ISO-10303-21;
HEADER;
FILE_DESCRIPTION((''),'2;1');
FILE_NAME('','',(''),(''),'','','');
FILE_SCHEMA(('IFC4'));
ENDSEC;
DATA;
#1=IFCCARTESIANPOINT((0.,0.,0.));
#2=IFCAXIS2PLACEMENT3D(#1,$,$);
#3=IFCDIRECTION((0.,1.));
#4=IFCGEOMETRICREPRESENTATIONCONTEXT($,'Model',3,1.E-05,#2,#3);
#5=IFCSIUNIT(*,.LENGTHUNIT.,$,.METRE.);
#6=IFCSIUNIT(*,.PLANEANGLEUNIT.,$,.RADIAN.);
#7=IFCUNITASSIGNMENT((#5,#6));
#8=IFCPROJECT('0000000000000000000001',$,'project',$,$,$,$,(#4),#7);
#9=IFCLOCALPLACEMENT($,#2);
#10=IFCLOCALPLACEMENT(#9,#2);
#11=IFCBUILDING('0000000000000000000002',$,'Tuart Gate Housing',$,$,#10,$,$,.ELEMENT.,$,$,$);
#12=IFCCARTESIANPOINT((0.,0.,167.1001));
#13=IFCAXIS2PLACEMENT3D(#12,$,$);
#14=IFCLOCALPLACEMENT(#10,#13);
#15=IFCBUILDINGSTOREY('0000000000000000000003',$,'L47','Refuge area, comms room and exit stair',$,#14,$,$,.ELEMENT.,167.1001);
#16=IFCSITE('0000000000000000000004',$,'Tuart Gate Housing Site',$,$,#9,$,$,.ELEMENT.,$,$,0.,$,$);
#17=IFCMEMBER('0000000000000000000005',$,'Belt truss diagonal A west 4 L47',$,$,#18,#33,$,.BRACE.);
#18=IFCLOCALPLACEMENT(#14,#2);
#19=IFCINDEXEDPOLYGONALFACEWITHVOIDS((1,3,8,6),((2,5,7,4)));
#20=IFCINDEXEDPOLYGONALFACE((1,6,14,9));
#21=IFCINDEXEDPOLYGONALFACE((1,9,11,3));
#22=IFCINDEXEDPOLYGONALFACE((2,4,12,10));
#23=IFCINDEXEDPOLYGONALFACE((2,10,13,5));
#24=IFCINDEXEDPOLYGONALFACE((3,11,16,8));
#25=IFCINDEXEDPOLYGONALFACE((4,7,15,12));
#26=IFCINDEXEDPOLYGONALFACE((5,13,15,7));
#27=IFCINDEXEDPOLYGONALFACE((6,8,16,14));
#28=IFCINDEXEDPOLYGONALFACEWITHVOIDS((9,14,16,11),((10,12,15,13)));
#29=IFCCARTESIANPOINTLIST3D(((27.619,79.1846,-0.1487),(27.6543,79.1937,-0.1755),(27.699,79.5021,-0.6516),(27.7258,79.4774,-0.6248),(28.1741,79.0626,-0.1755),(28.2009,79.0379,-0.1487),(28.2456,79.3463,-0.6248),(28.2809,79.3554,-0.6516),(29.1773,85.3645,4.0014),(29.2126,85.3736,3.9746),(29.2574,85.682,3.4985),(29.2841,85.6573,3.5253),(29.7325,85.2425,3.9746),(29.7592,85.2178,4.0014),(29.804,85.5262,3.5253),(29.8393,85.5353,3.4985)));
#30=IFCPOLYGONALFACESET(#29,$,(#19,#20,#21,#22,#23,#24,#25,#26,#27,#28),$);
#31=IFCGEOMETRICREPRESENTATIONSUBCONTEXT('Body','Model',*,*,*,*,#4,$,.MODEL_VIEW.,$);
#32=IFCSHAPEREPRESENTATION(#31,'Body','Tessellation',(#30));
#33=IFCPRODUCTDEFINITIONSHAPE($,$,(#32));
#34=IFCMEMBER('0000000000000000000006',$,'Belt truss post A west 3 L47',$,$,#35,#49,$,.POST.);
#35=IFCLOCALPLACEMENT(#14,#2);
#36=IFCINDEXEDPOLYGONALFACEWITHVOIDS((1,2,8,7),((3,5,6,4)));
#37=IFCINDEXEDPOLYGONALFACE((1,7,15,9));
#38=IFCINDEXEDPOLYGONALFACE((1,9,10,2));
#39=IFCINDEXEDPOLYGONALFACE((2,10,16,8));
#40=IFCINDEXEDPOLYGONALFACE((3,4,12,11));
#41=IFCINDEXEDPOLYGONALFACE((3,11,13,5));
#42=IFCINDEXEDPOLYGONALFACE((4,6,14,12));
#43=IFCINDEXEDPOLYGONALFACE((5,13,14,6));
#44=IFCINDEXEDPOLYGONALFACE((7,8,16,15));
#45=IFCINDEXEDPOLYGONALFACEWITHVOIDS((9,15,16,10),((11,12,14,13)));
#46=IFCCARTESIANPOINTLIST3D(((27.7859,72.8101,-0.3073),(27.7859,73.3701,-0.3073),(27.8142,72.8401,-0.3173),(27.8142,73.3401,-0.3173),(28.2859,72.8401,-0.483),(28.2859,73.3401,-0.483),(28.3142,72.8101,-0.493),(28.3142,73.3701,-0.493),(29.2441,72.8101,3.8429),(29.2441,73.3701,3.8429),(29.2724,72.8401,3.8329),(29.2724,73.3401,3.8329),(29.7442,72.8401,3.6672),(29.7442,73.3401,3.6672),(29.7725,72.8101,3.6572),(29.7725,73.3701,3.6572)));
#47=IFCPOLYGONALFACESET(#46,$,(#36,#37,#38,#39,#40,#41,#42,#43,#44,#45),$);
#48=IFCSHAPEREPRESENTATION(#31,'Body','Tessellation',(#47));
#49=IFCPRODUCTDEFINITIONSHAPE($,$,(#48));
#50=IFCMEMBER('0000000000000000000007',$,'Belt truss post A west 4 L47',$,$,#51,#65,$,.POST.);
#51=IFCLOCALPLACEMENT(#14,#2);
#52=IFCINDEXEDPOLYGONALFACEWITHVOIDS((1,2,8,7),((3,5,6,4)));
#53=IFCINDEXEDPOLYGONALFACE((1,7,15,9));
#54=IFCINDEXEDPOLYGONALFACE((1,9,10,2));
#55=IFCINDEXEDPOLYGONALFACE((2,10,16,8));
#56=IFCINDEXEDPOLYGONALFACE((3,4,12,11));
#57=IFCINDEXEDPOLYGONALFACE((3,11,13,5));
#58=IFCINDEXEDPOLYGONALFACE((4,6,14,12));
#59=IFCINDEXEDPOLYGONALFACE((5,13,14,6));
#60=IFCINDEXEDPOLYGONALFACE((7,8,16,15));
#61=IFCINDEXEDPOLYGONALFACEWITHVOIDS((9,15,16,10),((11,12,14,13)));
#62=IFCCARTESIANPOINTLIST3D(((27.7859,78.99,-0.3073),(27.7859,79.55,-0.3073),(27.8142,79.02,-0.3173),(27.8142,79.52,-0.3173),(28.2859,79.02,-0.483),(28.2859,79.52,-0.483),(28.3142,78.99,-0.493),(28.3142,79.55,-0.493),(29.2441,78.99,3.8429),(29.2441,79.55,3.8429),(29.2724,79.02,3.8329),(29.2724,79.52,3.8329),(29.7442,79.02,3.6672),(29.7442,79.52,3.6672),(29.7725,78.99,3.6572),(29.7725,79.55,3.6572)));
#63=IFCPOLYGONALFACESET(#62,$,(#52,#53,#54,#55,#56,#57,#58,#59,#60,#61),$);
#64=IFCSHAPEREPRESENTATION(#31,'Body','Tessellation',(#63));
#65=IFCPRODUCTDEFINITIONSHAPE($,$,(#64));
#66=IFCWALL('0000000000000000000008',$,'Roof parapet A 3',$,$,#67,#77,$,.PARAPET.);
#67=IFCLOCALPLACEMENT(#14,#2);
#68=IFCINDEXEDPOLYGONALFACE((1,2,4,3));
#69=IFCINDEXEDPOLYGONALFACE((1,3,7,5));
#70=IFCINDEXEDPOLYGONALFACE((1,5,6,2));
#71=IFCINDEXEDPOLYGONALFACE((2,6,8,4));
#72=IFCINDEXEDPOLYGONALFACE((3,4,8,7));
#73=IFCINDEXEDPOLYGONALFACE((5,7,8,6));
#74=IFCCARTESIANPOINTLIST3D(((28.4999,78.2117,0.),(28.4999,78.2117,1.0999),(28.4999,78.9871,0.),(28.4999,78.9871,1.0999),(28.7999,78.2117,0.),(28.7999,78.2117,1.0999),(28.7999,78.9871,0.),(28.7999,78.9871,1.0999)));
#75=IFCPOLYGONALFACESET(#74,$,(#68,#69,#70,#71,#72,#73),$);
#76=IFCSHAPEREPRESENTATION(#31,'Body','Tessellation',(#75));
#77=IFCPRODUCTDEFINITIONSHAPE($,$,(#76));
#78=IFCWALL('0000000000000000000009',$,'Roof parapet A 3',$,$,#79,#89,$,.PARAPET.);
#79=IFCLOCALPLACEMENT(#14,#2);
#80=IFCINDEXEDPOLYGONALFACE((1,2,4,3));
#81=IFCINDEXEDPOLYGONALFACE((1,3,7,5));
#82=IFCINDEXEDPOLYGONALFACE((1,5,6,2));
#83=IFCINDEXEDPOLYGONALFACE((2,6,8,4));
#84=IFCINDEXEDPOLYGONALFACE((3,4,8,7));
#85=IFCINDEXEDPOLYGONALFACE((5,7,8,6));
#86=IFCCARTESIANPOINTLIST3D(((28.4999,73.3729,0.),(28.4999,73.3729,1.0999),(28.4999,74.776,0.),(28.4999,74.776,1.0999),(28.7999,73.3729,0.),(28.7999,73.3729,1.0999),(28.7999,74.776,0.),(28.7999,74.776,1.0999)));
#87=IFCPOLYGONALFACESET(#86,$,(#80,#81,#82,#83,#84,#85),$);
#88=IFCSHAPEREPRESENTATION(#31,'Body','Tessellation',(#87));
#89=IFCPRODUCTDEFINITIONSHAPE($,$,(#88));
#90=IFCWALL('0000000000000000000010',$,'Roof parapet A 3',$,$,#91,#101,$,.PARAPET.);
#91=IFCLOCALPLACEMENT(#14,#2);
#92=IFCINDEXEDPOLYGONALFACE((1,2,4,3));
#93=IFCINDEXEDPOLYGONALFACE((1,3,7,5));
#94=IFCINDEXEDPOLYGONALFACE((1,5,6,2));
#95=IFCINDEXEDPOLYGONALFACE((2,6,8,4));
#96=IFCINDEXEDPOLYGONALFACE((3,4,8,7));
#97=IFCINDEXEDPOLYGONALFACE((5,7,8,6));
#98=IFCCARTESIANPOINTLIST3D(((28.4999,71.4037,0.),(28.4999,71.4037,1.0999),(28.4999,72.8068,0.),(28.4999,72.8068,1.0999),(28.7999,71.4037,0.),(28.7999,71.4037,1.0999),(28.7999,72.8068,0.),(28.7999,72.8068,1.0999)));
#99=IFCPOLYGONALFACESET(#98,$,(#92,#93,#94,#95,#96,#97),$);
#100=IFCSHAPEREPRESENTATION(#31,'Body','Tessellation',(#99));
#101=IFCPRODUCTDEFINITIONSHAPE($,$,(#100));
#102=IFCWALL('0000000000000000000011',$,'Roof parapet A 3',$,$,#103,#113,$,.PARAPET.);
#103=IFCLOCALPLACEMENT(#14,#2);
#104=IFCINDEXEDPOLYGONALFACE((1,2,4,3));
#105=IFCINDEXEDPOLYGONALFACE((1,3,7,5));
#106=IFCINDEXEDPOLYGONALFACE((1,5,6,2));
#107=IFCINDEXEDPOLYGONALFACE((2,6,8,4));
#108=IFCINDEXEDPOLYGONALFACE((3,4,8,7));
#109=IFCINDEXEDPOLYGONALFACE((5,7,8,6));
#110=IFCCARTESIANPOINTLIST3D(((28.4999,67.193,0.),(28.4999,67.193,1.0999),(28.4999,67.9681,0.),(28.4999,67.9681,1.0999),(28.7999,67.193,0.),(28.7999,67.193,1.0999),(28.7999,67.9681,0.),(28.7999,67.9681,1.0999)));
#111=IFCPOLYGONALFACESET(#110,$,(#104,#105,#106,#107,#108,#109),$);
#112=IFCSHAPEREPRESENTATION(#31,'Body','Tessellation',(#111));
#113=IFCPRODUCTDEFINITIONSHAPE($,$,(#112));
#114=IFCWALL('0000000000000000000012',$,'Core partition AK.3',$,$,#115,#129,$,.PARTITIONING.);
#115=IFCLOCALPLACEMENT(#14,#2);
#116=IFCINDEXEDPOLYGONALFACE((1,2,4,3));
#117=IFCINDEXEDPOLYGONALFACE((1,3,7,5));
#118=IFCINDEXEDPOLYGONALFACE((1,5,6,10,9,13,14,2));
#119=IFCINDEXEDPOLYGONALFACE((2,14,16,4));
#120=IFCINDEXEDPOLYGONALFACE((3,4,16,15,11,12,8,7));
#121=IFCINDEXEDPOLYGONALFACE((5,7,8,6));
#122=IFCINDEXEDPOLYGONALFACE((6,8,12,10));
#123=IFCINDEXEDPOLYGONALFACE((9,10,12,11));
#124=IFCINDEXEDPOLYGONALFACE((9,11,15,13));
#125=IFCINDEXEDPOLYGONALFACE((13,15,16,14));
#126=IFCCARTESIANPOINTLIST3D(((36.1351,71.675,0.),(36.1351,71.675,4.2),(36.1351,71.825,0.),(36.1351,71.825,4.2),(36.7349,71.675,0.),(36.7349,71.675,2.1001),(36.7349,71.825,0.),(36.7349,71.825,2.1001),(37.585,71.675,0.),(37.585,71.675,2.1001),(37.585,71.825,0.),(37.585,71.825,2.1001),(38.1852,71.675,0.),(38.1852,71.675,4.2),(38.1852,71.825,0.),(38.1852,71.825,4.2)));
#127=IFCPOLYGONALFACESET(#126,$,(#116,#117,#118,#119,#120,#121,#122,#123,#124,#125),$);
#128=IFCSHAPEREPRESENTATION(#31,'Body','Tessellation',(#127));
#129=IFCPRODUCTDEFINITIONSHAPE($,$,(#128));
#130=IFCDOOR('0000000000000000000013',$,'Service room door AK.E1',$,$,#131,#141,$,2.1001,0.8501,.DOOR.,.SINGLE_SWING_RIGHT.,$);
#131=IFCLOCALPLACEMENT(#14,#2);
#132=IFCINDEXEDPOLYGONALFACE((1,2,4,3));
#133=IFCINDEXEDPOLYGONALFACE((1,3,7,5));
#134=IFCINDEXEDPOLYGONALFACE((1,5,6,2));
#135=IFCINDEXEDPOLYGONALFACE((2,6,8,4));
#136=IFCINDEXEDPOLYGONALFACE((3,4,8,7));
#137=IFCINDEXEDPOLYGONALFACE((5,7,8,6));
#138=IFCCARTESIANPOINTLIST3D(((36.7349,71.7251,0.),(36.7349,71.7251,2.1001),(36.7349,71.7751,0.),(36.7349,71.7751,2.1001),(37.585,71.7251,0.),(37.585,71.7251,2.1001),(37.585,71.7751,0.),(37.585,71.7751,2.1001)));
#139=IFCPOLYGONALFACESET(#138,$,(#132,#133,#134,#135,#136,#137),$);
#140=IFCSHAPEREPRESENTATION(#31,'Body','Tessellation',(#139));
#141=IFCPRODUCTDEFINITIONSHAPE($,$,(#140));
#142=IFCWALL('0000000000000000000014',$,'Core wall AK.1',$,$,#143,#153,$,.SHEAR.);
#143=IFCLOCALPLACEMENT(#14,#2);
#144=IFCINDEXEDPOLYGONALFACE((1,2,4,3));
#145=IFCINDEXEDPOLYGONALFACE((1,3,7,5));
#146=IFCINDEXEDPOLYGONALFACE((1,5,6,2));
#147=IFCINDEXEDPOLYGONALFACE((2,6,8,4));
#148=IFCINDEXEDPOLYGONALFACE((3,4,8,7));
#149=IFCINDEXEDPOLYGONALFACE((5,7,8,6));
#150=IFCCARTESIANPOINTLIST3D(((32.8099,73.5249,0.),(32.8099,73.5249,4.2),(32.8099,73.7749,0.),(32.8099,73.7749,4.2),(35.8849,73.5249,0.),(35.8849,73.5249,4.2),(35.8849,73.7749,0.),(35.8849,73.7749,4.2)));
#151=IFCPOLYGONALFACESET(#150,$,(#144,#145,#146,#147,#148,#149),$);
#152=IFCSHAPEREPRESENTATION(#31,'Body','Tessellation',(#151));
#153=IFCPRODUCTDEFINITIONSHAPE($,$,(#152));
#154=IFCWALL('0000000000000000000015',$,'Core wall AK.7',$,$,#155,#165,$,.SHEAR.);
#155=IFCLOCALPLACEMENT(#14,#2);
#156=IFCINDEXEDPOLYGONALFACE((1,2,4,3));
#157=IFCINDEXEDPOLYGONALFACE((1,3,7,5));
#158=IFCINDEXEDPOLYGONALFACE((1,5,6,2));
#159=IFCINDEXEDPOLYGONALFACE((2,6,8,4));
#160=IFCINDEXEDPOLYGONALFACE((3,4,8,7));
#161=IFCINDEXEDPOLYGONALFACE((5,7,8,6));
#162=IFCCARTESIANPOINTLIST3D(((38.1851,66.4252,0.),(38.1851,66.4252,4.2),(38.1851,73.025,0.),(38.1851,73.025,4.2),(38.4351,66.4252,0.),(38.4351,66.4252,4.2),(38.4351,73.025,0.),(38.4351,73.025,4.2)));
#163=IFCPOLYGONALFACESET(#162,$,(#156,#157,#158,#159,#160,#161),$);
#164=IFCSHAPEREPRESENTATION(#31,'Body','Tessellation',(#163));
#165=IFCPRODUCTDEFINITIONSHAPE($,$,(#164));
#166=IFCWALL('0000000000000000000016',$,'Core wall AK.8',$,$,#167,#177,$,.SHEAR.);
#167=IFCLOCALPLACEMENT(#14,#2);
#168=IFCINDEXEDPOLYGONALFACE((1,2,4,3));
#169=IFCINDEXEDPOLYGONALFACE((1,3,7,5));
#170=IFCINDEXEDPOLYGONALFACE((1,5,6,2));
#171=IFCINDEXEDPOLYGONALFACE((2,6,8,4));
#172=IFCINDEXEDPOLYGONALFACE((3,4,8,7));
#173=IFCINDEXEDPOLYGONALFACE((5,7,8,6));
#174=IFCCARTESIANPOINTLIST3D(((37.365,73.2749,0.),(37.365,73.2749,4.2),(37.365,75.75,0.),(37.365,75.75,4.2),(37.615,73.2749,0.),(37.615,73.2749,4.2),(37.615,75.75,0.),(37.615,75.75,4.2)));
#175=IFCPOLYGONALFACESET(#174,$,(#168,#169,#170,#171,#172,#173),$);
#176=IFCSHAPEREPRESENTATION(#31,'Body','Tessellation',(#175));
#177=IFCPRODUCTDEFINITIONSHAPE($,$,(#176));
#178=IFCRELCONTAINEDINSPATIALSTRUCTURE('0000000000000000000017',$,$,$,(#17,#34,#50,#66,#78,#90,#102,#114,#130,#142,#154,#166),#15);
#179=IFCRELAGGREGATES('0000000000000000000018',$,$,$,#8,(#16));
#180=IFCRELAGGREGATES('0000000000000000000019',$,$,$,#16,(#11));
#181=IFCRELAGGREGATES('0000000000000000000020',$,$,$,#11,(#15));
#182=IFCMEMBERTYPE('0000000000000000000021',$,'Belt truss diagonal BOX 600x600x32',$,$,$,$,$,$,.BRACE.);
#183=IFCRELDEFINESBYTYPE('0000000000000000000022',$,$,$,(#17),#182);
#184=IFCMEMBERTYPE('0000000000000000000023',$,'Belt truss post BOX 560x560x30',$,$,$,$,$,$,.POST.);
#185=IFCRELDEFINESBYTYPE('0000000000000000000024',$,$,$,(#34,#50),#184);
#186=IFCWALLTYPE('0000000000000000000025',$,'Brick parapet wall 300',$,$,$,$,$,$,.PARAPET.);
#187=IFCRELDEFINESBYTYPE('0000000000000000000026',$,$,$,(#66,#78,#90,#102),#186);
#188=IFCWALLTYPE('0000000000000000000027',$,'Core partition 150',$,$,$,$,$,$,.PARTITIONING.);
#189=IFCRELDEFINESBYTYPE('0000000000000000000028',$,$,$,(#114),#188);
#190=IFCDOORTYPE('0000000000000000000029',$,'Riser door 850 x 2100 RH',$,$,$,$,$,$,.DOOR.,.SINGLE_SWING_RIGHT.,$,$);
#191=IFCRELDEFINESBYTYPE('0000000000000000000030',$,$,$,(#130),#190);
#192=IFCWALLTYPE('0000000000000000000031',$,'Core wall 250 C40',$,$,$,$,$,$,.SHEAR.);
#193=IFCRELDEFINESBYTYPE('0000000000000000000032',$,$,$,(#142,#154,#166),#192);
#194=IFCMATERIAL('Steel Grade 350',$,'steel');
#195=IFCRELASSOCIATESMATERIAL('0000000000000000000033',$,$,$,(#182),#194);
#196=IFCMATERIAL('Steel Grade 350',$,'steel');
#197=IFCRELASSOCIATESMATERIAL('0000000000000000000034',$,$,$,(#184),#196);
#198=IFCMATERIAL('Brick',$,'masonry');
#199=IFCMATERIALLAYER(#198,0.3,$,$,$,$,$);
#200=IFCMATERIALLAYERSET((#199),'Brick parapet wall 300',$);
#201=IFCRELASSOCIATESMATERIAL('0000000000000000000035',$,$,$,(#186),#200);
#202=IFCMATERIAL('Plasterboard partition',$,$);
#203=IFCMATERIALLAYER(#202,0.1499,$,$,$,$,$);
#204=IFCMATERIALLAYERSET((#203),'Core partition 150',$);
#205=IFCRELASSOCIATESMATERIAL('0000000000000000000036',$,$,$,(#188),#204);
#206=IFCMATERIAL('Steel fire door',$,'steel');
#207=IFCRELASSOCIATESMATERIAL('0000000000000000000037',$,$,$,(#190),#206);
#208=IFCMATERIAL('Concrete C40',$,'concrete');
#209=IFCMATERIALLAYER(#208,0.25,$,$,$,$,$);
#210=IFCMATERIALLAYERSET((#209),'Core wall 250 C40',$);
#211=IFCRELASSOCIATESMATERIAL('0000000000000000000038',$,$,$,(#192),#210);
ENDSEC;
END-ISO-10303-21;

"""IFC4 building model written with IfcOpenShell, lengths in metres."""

from ifc_helpers import new_model, si_unit, direction, frame, frame_2d, origin, origin_2d, place, context, subcontext, project, spatial, rectangle, hollow_rectangle, extrude, material, layer, layer_set, material_profile, profile_set, type_object, element, fill, save


model = new_model("IFC4")

# Units and contexts
model_context = context("Model", 3, precision=1e-05, world=origin(), true_north=direction((0.0, 1.0)))
body_context = subcontext(model_context, "Body", "Model", "MODEL_VIEW")
ifc_project = project(units=[si_unit("LENGTHUNIT", "METRE"), si_unit("PLANEANGLEUNIT", "RADIAN")], contexts=[model_context])

# Site, building, storey
site_placement = place(None, origin())
site = spatial("IfcSite", under=ifc_project, at=site_placement, Name="Tuart Gate Housing Site", CompositionType="ELEMENT", RefElevation=0.0)
building_placement = place(site_placement, origin())
building = spatial("IfcBuilding", under=site, at=building_placement, Name="Tuart Gate Housing", CompositionType="ELEMENT")
storey_placement = place(building_placement, frame((0.0, 0.0, 167.1001)))
storey = spatial("IfcBuildingStorey", under=building, at=storey_placement, Name="L47", Description="Refuge area, comms room and exit stair", CompositionType="ELEMENT", Elevation=167.1001)

# Members
ifc_material_1 = material(Name="Steel Grade 350", Category="steel")
ifc_material_profile_1 = material_profile(ifc_material_1, hollow_rectangle(XDim=0.6001, YDim=0.6001, WallThickness=0.032, at=origin_2d()), Name="BOX 600x600x32")
ifc_profile_set_1 = profile_set([ifc_material_profile_1], Name="Steel Grade 350")
member_type_1 = type_object("IfcMemberType", Name="Belt truss diagonal BOX 600x600x32", PredefinedType="BRACE", material=ifc_profile_set_1)
member_placement = place(storey_placement, frame((27.95, 79.27, -0.4001), z_axis=(0.204898, 0.81256, 0.545677), x_axis=(-0.969647, 0.244509, 0.0)))
element("IfcMember", 1, at=member_placement, inside=storey, type_object=member_type_1, Name="Belt truss diagonal A west 4 L47", PredefinedType="BRACE", context=body_context, shape_type="SweptSolid", body=[
    extrude(hollow_rectangle(XDim=0.6001, YDim=0.6001, WallThickness=0.032, at=origin_2d()), origin(), (0.0, 0.0, 1.0), 7.6055),
])
ifc_material_2 = material(Name="Steel Grade 350", Category="steel")
ifc_material_profile_2 = material_profile(ifc_material_2, hollow_rectangle(XDim=0.5601, YDim=0.5601, WallThickness=0.03, at=origin_2d()), Name="BOX 560x560x30")
ifc_profile_set_2 = profile_set([ifc_material_profile_2], Name="Steel Grade 350")
member_type_2 = type_object("IfcMemberType", Name="Belt truss post BOX 560x560x30", PredefinedType="POST", material=ifc_profile_set_2)
for number, where, z_axis, x_axis, name in (
    (2, (28.05, 73.0901, -0.4001), (0.331505, 0.0, 0.943454), (0.0, 1.0, 0.0), "Belt truss post A west 3 L47"),
    (3, (28.05, 79.27, -0.4001), (0.331505, 0.0, 0.943454), (0.0, 1.0, 0.0), "Belt truss post A west 4 L47"),
):
    element("IfcMember", number, at=place(storey_placement, frame(where, z_axis=z_axis, x_axis=x_axis)), inside=storey, type_object=member_type_2, Name=name, PredefinedType="POST", context=body_context, shape_type="SweptSolid", body=[
        extrude(hollow_rectangle(XDim=0.5601, YDim=0.5601, WallThickness=0.03, at=origin_2d()), origin(), (0.0, 0.0, 1.0), 4.3989),
    ])

# Walls
ifc_material_3 = material(Name="Brick", Category="masonry")
ifc_layer_1 = layer(ifc_material_3, 0.3)
ifc_layer_set_1 = layer_set([ifc_layer_1], Name="Brick parapet wall 300")
wall_type_1 = type_object("IfcWallType", Name="Brick parapet wall 300", PredefinedType="PARAPET", material=ifc_layer_set_1)
wall_1_placement = place(storey_placement, frame((28.6499, 78.9871, 0.0), z_axis=(0.0, 0.0, 1.0), x_axis=(0.0, -1.0, 0.0)))
element("IfcWall", 4, at=wall_1_placement, inside=storey, type_object=wall_type_1, Name="Roof parapet A 3", PredefinedType="PARAPET", context=body_context, shape_type="SweptSolid", body=[
    extrude(rectangle(XDim=0.7754, YDim=0.3, at=frame_2d((0.3877, 0.0))), origin(), (0.0, 0.0, 1.0), 1.0999),
])
for number, where, z_axis, x_axis, name in (
    (5, (28.6499, 74.7761, 0.0), (0.0, 0.0, 1.0), (0.0, -1.0, 0.0), "Roof parapet A 3"),
    (6, (28.6499, 72.8069, 0.0), (0.0, 0.0, 1.0), (0.0, -1.0, 0.0), "Roof parapet A 3"),
):
    element("IfcWall", number, at=place(storey_placement, frame(where, z_axis=z_axis, x_axis=x_axis)), inside=storey, type_object=wall_type_1, Name=name, PredefinedType="PARAPET", context=body_context, shape_type="SweptSolid", body=[
        extrude(rectangle(XDim=1.4031, YDim=0.3, at=frame_2d((0.7017, 0.0))), origin(), (0.0, 0.0, 1.0), 1.0999),
    ])
wall_2_placement = place(storey_placement, frame((28.6499, 67.9683, 0.0), z_axis=(0.0, 0.0, 1.0), x_axis=(0.0, -1.0, 0.0)))
element("IfcWall", 7, at=wall_2_placement, inside=storey, type_object=wall_type_1, Name="Roof parapet A 3", PredefinedType="PARAPET", context=body_context, shape_type="SweptSolid", body=[
    extrude(rectangle(XDim=0.7751, YDim=0.3, at=frame_2d((0.3877, 0.0))), origin(), (0.0, 0.0, 1.0), 1.0999),
])

# Wall, opening, door
ifc_material_4 = material(Name="Plasterboard partition")
ifc_layer_2 = layer(ifc_material_4, 0.1499)
ifc_layer_set_2 = layer_set([ifc_layer_2], Name="Core partition 150")
wall_type_2 = type_object("IfcWallType", Name="Core partition 150", PredefinedType="PARTITIONING", material=ifc_layer_set_2)
wall_3_placement = place(storey_placement, frame((38.1851, 71.75, 0.0), z_axis=(0.0, 0.0, 1.0), x_axis=(-1.0, 0.0, 0.0)))
wall_3 = element("IfcWall", 8, at=wall_3_placement, inside=storey, type_object=wall_type_2, Name="Core partition AK.3", PredefinedType="PARTITIONING", context=body_context, shape_type="SweptSolid", body=[
    extrude(rectangle(XDim=2.05, YDim=0.1499, at=frame_2d((1.0249, 0.0))), origin(), (0.0, 0.0, 1.0), 4.2),
])
opening_placement = place(wall_3_placement, frame((0.6001, 0.0, 0.0)))
opening = element("IfcOpeningElement", 9, at=opening_placement, cuts=wall_3, PredefinedType="OPENING", context=body_context, shape_type="SweptSolid", body=[
    extrude(rectangle(XDim=0.8501, YDim=2.1001, at=frame_2d((0.425, 1.05))), frame((0.0, 0.085, 0.0), z_axis=(0.0, -1.0, 0.0), x_axis=(1.0, 0.0, 0.0)), (0.0, 0.0, 1.0), 0.1699),
])
ifc_material_5 = material(Name="Steel fire door", Category="steel")
door_type = type_object("IfcDoorType", Name="Riser door 850 x 2100 RH", OperationType="SINGLE_SWING_RIGHT", PredefinedType="DOOR", material=ifc_material_5)
door_placement = place(opening_placement, frame((0.8501, 0.0, 0.0), z_axis=(0.0, 0.0, 1.0), x_axis=(-1.0, 0.0, 0.0)))
door = element("IfcDoor", 10, at=door_placement, inside=storey, type_object=door_type, Name="Service room door AK.E1", OperationType="SINGLE_SWING_RIGHT", OverallHeight=2.1001, OverallWidth=0.8501, PredefinedType="DOOR", context=body_context, shape_type="SweptSolid", body=[
    extrude(rectangle(XDim=0.8501, YDim=2.1001, at=frame_2d((0.425, 1.05))), frame((0.0, 0.0251, 0.0), z_axis=(0.0, -1.0, 0.0), x_axis=(1.0, 0.0, 0.0)), (0.0, 0.0, 1.0), 0.05),
])
fill(opening, door)

# Walls
ifc_material_6 = material(Name="Concrete C40", Category="concrete")
ifc_layer_3 = layer(ifc_material_6, 0.25)
ifc_layer_set_3 = layer_set([ifc_layer_3], Name="Core wall 250 C40")
wall_type_3 = type_object("IfcWallType", Name="Core wall 250 C40", PredefinedType="SHEAR", material=ifc_layer_set_3)
wall_4_placement = place(storey_placement, frame((35.885, 73.6499, 0.0), z_axis=(0.0, 0.0, 1.0), x_axis=(-1.0, 0.0, 0.0)))
element("IfcWall", 11, at=wall_4_placement, inside=storey, type_object=wall_type_3, Name="Core wall AK.1", PredefinedType="SHEAR", context=body_context, shape_type="SweptSolid", body=[
    extrude(rectangle(XDim=3.075, YDim=0.25, at=frame_2d((1.5376, 0.0))), origin(), (0.0, 0.0, 1.0), 4.2),
])
wall_5_placement = place(storey_placement, frame((38.3101, 73.0249, 0.0), z_axis=(0.0, 0.0, 1.0), x_axis=(0.0, -1.0, 0.0)))
element("IfcWall", 12, at=wall_5_placement, inside=storey, type_object=wall_type_3, Name="Core wall AK.7", PredefinedType="SHEAR", context=body_context, shape_type="SweptSolid", body=[
    extrude(rectangle(XDim=6.5999, YDim=0.25, at=frame_2d((3.2998, 0.0))), origin(), (0.0, 0.0, 1.0), 4.2),
])
wall_6_placement = place(storey_placement, frame((37.49, 75.75, 0.0), z_axis=(0.0, 0.0, 1.0), x_axis=(0.0, -1.0, 0.0)))
element("IfcWall", 13, at=wall_6_placement, inside=storey, type_object=wall_type_3, Name="Core wall AK.8", PredefinedType="SHEAR", context=body_context, shape_type="SweptSolid", body=[
    extrude(rectangle(XDim=2.4751, YDim=0.25, at=frame_2d((1.2375, 0.0))), origin(), (0.0, 0.0, 1.0), 4.2),
])

save(model, "model.ifc")
